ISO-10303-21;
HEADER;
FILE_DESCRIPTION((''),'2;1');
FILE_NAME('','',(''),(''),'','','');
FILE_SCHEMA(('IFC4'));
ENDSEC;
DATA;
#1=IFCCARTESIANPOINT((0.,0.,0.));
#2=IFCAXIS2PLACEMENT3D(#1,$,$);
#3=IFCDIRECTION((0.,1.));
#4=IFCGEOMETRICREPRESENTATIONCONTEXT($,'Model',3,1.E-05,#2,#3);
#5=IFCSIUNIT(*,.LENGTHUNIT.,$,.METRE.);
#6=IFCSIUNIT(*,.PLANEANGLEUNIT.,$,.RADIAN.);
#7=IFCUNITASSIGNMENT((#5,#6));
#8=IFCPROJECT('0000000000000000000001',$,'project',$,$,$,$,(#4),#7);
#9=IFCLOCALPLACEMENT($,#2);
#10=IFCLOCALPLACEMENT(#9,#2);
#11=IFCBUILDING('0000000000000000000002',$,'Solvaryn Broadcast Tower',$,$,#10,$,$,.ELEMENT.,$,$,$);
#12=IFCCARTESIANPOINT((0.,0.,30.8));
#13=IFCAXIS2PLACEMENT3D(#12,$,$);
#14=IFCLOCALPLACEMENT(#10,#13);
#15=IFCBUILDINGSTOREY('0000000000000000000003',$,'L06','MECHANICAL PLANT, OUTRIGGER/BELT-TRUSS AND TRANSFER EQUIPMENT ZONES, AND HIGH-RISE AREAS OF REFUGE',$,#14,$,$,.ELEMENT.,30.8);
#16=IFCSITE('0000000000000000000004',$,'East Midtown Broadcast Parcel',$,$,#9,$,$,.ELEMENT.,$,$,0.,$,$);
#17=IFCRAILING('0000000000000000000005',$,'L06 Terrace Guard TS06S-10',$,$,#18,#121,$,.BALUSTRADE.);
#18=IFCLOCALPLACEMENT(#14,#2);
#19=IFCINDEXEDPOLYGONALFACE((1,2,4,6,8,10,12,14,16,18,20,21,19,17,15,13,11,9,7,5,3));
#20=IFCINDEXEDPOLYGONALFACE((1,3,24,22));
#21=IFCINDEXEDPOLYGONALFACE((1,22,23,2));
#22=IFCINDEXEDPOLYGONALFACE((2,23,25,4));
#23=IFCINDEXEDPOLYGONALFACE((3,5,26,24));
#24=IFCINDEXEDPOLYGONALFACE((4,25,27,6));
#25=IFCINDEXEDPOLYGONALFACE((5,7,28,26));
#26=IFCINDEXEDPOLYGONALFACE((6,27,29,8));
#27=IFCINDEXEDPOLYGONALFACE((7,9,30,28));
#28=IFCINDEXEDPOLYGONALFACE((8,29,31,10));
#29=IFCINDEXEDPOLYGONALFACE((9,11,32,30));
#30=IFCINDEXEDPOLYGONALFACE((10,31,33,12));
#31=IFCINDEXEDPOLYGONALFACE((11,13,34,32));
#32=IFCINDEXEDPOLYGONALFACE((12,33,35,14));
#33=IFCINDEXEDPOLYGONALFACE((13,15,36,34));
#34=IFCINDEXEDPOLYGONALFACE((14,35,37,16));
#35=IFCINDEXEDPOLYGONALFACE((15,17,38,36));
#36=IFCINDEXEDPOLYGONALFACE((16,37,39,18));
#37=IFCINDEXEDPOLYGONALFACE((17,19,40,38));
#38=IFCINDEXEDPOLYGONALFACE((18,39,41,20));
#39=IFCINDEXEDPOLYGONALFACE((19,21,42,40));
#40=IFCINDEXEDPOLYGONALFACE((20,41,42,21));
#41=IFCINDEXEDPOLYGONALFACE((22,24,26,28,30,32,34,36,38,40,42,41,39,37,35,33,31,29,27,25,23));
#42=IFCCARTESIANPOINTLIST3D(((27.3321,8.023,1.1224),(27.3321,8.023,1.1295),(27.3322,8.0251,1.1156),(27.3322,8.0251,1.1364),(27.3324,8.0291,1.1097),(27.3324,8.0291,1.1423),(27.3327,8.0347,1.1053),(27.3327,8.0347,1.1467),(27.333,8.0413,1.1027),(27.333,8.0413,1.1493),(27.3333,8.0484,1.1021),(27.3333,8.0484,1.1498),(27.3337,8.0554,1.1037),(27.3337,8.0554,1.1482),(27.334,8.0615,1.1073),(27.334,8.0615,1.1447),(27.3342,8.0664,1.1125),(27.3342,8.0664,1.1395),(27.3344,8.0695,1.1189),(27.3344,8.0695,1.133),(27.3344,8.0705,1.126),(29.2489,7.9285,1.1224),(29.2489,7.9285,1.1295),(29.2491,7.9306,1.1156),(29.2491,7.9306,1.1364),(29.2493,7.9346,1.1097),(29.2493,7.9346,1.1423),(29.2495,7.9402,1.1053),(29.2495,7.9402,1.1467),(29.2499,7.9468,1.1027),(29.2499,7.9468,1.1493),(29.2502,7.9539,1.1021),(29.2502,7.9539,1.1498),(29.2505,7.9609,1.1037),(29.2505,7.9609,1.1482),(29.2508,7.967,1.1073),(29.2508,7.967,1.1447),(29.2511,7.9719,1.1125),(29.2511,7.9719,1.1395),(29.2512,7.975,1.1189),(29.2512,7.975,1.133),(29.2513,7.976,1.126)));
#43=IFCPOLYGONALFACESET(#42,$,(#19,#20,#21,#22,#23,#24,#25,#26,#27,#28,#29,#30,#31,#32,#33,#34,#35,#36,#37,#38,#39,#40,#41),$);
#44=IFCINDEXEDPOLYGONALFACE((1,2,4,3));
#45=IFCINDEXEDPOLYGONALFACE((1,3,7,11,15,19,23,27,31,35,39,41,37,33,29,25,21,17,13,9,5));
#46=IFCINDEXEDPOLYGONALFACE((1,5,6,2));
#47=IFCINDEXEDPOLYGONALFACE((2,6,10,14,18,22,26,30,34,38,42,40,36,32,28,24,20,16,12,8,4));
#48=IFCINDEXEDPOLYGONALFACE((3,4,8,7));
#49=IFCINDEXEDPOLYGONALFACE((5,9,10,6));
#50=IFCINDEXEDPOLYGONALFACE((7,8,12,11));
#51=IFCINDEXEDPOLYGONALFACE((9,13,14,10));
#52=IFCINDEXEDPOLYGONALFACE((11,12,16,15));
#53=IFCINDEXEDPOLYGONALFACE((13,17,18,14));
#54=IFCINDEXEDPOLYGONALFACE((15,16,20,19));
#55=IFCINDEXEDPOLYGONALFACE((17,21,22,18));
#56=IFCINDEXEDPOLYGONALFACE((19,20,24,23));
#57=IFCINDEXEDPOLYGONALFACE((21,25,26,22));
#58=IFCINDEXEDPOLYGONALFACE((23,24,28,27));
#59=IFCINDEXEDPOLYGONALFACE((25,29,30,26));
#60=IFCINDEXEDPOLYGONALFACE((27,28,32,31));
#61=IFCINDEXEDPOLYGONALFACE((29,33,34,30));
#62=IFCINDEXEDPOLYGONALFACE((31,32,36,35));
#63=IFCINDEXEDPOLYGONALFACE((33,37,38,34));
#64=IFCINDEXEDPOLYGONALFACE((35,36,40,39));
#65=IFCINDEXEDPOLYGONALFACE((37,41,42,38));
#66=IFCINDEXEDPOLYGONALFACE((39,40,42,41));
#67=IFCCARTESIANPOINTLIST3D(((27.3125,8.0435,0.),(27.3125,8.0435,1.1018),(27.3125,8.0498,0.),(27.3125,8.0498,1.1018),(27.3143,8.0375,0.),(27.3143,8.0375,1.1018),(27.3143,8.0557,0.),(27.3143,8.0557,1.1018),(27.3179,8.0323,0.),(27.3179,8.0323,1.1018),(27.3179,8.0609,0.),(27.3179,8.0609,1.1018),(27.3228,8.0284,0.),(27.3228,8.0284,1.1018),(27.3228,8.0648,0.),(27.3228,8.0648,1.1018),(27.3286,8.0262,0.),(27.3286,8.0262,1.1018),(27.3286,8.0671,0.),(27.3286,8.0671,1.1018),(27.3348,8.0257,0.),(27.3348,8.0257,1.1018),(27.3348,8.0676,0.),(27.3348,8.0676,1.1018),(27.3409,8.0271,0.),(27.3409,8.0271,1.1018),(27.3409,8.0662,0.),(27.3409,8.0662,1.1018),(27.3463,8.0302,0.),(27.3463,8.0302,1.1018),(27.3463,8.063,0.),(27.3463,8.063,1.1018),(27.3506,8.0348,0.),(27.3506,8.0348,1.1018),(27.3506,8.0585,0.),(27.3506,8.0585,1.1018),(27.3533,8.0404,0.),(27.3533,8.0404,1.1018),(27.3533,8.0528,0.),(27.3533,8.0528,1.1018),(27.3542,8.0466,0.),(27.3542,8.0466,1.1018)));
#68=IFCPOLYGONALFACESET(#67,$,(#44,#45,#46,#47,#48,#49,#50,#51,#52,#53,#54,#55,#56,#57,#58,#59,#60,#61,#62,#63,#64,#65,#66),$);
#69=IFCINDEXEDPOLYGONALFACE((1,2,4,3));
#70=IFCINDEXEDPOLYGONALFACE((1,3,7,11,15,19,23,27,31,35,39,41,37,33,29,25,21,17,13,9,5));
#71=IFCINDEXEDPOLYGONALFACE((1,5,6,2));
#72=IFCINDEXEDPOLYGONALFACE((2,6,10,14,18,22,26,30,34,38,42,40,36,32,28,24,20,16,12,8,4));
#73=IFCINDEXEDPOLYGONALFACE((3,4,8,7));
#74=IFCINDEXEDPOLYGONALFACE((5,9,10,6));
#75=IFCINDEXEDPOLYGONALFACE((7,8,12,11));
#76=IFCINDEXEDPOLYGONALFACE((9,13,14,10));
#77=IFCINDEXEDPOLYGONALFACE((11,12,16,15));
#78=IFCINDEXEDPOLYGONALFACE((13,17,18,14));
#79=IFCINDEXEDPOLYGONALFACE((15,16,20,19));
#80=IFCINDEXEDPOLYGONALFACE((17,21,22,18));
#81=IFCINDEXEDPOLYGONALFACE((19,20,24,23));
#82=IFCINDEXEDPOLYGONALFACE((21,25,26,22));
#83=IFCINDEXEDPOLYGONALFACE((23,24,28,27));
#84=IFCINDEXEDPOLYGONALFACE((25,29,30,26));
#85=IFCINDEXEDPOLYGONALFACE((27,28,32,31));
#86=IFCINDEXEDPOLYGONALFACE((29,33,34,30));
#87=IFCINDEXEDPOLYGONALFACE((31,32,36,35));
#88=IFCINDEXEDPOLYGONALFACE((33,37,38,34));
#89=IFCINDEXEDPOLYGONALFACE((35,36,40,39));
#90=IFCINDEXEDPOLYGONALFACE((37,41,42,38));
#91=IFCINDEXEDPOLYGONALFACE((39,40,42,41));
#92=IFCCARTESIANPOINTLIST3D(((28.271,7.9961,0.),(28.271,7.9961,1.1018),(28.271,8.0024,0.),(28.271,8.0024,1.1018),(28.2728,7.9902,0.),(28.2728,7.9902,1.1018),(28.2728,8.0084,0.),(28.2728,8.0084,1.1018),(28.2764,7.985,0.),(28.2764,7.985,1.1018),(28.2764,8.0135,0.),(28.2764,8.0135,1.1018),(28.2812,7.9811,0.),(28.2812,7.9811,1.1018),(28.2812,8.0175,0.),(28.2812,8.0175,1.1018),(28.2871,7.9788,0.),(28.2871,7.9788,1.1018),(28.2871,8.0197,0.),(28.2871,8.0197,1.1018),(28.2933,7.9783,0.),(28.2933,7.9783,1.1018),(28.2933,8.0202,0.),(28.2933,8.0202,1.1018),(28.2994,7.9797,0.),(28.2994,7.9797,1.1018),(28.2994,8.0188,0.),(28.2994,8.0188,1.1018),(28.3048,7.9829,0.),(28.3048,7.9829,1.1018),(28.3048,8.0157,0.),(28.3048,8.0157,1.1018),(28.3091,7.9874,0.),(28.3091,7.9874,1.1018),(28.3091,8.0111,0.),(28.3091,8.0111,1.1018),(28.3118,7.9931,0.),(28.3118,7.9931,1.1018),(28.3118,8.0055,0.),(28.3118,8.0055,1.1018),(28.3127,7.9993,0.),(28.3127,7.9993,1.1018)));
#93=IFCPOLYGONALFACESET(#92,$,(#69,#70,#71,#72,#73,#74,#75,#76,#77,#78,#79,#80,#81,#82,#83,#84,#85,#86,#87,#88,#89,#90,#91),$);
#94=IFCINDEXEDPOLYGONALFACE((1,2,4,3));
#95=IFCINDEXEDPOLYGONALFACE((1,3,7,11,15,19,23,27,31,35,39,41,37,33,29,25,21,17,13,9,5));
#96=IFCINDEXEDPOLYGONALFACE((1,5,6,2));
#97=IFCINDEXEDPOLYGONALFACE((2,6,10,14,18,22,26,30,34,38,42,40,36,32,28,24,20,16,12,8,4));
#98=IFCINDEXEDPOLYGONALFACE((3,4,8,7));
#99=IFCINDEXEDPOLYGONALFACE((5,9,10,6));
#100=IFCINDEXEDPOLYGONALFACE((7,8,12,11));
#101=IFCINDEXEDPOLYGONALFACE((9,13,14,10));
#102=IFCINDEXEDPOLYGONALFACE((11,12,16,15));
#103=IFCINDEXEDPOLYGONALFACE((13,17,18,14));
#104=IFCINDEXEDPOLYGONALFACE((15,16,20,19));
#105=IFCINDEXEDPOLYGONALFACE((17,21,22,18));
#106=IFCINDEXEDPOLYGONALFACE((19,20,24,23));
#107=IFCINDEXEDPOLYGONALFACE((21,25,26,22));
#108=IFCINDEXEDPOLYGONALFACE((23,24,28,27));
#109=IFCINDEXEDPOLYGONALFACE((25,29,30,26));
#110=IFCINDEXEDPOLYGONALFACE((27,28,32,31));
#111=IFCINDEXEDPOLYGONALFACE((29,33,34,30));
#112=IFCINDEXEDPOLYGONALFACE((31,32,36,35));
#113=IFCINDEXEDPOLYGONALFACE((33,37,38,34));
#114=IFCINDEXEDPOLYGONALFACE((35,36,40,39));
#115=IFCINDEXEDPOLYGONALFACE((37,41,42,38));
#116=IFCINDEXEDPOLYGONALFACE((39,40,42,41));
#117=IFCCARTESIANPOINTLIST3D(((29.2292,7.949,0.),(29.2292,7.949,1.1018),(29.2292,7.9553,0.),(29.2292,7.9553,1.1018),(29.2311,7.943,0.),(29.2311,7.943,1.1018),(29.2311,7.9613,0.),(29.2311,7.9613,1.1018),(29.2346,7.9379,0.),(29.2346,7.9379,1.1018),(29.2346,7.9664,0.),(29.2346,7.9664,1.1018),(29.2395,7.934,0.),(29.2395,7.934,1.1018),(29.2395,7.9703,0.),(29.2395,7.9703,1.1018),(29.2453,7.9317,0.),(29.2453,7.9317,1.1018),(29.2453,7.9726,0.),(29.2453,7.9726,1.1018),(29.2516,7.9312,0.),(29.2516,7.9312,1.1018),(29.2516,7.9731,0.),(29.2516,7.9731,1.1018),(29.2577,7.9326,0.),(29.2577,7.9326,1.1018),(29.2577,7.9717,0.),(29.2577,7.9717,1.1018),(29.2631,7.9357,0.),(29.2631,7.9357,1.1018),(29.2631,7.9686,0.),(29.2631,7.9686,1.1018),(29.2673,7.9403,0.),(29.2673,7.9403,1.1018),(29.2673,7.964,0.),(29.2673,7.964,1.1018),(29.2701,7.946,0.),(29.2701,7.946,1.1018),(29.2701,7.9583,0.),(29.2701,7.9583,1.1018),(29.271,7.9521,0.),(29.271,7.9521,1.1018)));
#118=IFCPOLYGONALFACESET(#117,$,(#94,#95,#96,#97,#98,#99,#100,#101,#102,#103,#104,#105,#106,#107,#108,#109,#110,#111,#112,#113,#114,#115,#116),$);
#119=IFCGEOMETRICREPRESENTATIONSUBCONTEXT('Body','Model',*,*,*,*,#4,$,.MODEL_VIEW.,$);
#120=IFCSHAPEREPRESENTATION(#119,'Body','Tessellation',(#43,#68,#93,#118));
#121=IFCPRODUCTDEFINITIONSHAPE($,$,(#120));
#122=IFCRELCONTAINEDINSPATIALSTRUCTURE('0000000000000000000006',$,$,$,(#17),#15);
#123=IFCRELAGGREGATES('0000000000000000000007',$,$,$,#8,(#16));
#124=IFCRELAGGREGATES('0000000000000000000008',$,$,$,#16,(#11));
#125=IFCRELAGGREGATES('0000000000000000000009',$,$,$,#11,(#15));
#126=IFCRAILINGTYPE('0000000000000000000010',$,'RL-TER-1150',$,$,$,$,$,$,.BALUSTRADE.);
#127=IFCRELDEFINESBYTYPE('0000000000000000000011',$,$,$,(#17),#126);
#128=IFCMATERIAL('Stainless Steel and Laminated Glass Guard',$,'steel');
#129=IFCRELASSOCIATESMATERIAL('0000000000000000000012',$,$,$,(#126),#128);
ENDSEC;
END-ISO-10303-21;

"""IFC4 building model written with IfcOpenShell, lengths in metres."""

from ifc_helpers import new_model, si_unit, direction, frame, origin, origin_2d, place, context, subcontext, project, spatial, circle, extrude, material, type_object, element, save


model = new_model("IFC4")

# Units and contexts
model_context = context("Model", 3, precision=1e-05, world=origin(), true_north=direction((0.0, 1.0)))
body_context = subcontext(model_context, "Body", "Model", "MODEL_VIEW")
ifc_project = project(units=[si_unit("LENGTHUNIT", "METRE"), si_unit("PLANEANGLEUNIT", "RADIAN")], contexts=[model_context])

# Site, building, storey
site_placement = place(None, origin())
site = spatial("IfcSite", under=ifc_project, at=site_placement, Name="East Midtown Broadcast Parcel", CompositionType="ELEMENT", RefElevation=0.0)
building_placement = place(site_placement, origin())
building = spatial("IfcBuilding", under=site, at=building_placement, Name="Solvaryn Broadcast Tower", CompositionType="ELEMENT")
storey_placement = place(building_placement, frame((0.0, 0.0, 30.8)))
storey = spatial("IfcBuildingStorey", under=building, at=storey_placement, Name="L06", Description="MECHANICAL PLANT, OUTRIGGER/BELT-TRUSS AND TRANSFER EQUIPMENT ZONES, AND HIGH-RISE AREAS OF REFUGE", CompositionType="ELEMENT", Elevation=30.8)

# Railing
ifc_material_1 = material(Name="Stainless Steel and Laminated Glass Guard", Category="steel")
railing_type = type_object("IfcRailingType", Name="RL-TER-1150", PredefinedType="BALUSTRADE", material=ifc_material_1)
railing_1_placement = place(storey_placement, frame((27.3333, 8.0466, 0.0)))
element("IfcRailing", 1, at=railing_1_placement, inside=storey, type_object=railing_type, Name="L06 Terrace Guard TS06S-10", PredefinedType="BALUSTRADE", context=body_context, shape_type="SweptSolid", body=[
    extrude(circle(Radius=0.0239, at=origin_2d()), frame((0.0, 0.0, 1.126), z_axis=(0.998787, -0.049233, 0.0), x_axis=(0.049233, 0.998787, 0.0)), (0.0, 0.0, 1.0), 1.9192),
    extrude(circle(Radius=0.021, at=origin_2d()), origin(), (0.0, 0.0, 1.0), 1.1018),
    extrude(circle(Radius=0.021, at=origin_2d()), frame((0.9585, -0.0474, 0.0)), (0.0, 0.0, 1.0), 1.1018),
    extrude(circle(Radius=0.021, at=origin_2d()), frame((1.9167, -0.0945, 0.0)), (0.0, 0.0, 1.0), 1.1018),
])

save(model, "model.ifc")
